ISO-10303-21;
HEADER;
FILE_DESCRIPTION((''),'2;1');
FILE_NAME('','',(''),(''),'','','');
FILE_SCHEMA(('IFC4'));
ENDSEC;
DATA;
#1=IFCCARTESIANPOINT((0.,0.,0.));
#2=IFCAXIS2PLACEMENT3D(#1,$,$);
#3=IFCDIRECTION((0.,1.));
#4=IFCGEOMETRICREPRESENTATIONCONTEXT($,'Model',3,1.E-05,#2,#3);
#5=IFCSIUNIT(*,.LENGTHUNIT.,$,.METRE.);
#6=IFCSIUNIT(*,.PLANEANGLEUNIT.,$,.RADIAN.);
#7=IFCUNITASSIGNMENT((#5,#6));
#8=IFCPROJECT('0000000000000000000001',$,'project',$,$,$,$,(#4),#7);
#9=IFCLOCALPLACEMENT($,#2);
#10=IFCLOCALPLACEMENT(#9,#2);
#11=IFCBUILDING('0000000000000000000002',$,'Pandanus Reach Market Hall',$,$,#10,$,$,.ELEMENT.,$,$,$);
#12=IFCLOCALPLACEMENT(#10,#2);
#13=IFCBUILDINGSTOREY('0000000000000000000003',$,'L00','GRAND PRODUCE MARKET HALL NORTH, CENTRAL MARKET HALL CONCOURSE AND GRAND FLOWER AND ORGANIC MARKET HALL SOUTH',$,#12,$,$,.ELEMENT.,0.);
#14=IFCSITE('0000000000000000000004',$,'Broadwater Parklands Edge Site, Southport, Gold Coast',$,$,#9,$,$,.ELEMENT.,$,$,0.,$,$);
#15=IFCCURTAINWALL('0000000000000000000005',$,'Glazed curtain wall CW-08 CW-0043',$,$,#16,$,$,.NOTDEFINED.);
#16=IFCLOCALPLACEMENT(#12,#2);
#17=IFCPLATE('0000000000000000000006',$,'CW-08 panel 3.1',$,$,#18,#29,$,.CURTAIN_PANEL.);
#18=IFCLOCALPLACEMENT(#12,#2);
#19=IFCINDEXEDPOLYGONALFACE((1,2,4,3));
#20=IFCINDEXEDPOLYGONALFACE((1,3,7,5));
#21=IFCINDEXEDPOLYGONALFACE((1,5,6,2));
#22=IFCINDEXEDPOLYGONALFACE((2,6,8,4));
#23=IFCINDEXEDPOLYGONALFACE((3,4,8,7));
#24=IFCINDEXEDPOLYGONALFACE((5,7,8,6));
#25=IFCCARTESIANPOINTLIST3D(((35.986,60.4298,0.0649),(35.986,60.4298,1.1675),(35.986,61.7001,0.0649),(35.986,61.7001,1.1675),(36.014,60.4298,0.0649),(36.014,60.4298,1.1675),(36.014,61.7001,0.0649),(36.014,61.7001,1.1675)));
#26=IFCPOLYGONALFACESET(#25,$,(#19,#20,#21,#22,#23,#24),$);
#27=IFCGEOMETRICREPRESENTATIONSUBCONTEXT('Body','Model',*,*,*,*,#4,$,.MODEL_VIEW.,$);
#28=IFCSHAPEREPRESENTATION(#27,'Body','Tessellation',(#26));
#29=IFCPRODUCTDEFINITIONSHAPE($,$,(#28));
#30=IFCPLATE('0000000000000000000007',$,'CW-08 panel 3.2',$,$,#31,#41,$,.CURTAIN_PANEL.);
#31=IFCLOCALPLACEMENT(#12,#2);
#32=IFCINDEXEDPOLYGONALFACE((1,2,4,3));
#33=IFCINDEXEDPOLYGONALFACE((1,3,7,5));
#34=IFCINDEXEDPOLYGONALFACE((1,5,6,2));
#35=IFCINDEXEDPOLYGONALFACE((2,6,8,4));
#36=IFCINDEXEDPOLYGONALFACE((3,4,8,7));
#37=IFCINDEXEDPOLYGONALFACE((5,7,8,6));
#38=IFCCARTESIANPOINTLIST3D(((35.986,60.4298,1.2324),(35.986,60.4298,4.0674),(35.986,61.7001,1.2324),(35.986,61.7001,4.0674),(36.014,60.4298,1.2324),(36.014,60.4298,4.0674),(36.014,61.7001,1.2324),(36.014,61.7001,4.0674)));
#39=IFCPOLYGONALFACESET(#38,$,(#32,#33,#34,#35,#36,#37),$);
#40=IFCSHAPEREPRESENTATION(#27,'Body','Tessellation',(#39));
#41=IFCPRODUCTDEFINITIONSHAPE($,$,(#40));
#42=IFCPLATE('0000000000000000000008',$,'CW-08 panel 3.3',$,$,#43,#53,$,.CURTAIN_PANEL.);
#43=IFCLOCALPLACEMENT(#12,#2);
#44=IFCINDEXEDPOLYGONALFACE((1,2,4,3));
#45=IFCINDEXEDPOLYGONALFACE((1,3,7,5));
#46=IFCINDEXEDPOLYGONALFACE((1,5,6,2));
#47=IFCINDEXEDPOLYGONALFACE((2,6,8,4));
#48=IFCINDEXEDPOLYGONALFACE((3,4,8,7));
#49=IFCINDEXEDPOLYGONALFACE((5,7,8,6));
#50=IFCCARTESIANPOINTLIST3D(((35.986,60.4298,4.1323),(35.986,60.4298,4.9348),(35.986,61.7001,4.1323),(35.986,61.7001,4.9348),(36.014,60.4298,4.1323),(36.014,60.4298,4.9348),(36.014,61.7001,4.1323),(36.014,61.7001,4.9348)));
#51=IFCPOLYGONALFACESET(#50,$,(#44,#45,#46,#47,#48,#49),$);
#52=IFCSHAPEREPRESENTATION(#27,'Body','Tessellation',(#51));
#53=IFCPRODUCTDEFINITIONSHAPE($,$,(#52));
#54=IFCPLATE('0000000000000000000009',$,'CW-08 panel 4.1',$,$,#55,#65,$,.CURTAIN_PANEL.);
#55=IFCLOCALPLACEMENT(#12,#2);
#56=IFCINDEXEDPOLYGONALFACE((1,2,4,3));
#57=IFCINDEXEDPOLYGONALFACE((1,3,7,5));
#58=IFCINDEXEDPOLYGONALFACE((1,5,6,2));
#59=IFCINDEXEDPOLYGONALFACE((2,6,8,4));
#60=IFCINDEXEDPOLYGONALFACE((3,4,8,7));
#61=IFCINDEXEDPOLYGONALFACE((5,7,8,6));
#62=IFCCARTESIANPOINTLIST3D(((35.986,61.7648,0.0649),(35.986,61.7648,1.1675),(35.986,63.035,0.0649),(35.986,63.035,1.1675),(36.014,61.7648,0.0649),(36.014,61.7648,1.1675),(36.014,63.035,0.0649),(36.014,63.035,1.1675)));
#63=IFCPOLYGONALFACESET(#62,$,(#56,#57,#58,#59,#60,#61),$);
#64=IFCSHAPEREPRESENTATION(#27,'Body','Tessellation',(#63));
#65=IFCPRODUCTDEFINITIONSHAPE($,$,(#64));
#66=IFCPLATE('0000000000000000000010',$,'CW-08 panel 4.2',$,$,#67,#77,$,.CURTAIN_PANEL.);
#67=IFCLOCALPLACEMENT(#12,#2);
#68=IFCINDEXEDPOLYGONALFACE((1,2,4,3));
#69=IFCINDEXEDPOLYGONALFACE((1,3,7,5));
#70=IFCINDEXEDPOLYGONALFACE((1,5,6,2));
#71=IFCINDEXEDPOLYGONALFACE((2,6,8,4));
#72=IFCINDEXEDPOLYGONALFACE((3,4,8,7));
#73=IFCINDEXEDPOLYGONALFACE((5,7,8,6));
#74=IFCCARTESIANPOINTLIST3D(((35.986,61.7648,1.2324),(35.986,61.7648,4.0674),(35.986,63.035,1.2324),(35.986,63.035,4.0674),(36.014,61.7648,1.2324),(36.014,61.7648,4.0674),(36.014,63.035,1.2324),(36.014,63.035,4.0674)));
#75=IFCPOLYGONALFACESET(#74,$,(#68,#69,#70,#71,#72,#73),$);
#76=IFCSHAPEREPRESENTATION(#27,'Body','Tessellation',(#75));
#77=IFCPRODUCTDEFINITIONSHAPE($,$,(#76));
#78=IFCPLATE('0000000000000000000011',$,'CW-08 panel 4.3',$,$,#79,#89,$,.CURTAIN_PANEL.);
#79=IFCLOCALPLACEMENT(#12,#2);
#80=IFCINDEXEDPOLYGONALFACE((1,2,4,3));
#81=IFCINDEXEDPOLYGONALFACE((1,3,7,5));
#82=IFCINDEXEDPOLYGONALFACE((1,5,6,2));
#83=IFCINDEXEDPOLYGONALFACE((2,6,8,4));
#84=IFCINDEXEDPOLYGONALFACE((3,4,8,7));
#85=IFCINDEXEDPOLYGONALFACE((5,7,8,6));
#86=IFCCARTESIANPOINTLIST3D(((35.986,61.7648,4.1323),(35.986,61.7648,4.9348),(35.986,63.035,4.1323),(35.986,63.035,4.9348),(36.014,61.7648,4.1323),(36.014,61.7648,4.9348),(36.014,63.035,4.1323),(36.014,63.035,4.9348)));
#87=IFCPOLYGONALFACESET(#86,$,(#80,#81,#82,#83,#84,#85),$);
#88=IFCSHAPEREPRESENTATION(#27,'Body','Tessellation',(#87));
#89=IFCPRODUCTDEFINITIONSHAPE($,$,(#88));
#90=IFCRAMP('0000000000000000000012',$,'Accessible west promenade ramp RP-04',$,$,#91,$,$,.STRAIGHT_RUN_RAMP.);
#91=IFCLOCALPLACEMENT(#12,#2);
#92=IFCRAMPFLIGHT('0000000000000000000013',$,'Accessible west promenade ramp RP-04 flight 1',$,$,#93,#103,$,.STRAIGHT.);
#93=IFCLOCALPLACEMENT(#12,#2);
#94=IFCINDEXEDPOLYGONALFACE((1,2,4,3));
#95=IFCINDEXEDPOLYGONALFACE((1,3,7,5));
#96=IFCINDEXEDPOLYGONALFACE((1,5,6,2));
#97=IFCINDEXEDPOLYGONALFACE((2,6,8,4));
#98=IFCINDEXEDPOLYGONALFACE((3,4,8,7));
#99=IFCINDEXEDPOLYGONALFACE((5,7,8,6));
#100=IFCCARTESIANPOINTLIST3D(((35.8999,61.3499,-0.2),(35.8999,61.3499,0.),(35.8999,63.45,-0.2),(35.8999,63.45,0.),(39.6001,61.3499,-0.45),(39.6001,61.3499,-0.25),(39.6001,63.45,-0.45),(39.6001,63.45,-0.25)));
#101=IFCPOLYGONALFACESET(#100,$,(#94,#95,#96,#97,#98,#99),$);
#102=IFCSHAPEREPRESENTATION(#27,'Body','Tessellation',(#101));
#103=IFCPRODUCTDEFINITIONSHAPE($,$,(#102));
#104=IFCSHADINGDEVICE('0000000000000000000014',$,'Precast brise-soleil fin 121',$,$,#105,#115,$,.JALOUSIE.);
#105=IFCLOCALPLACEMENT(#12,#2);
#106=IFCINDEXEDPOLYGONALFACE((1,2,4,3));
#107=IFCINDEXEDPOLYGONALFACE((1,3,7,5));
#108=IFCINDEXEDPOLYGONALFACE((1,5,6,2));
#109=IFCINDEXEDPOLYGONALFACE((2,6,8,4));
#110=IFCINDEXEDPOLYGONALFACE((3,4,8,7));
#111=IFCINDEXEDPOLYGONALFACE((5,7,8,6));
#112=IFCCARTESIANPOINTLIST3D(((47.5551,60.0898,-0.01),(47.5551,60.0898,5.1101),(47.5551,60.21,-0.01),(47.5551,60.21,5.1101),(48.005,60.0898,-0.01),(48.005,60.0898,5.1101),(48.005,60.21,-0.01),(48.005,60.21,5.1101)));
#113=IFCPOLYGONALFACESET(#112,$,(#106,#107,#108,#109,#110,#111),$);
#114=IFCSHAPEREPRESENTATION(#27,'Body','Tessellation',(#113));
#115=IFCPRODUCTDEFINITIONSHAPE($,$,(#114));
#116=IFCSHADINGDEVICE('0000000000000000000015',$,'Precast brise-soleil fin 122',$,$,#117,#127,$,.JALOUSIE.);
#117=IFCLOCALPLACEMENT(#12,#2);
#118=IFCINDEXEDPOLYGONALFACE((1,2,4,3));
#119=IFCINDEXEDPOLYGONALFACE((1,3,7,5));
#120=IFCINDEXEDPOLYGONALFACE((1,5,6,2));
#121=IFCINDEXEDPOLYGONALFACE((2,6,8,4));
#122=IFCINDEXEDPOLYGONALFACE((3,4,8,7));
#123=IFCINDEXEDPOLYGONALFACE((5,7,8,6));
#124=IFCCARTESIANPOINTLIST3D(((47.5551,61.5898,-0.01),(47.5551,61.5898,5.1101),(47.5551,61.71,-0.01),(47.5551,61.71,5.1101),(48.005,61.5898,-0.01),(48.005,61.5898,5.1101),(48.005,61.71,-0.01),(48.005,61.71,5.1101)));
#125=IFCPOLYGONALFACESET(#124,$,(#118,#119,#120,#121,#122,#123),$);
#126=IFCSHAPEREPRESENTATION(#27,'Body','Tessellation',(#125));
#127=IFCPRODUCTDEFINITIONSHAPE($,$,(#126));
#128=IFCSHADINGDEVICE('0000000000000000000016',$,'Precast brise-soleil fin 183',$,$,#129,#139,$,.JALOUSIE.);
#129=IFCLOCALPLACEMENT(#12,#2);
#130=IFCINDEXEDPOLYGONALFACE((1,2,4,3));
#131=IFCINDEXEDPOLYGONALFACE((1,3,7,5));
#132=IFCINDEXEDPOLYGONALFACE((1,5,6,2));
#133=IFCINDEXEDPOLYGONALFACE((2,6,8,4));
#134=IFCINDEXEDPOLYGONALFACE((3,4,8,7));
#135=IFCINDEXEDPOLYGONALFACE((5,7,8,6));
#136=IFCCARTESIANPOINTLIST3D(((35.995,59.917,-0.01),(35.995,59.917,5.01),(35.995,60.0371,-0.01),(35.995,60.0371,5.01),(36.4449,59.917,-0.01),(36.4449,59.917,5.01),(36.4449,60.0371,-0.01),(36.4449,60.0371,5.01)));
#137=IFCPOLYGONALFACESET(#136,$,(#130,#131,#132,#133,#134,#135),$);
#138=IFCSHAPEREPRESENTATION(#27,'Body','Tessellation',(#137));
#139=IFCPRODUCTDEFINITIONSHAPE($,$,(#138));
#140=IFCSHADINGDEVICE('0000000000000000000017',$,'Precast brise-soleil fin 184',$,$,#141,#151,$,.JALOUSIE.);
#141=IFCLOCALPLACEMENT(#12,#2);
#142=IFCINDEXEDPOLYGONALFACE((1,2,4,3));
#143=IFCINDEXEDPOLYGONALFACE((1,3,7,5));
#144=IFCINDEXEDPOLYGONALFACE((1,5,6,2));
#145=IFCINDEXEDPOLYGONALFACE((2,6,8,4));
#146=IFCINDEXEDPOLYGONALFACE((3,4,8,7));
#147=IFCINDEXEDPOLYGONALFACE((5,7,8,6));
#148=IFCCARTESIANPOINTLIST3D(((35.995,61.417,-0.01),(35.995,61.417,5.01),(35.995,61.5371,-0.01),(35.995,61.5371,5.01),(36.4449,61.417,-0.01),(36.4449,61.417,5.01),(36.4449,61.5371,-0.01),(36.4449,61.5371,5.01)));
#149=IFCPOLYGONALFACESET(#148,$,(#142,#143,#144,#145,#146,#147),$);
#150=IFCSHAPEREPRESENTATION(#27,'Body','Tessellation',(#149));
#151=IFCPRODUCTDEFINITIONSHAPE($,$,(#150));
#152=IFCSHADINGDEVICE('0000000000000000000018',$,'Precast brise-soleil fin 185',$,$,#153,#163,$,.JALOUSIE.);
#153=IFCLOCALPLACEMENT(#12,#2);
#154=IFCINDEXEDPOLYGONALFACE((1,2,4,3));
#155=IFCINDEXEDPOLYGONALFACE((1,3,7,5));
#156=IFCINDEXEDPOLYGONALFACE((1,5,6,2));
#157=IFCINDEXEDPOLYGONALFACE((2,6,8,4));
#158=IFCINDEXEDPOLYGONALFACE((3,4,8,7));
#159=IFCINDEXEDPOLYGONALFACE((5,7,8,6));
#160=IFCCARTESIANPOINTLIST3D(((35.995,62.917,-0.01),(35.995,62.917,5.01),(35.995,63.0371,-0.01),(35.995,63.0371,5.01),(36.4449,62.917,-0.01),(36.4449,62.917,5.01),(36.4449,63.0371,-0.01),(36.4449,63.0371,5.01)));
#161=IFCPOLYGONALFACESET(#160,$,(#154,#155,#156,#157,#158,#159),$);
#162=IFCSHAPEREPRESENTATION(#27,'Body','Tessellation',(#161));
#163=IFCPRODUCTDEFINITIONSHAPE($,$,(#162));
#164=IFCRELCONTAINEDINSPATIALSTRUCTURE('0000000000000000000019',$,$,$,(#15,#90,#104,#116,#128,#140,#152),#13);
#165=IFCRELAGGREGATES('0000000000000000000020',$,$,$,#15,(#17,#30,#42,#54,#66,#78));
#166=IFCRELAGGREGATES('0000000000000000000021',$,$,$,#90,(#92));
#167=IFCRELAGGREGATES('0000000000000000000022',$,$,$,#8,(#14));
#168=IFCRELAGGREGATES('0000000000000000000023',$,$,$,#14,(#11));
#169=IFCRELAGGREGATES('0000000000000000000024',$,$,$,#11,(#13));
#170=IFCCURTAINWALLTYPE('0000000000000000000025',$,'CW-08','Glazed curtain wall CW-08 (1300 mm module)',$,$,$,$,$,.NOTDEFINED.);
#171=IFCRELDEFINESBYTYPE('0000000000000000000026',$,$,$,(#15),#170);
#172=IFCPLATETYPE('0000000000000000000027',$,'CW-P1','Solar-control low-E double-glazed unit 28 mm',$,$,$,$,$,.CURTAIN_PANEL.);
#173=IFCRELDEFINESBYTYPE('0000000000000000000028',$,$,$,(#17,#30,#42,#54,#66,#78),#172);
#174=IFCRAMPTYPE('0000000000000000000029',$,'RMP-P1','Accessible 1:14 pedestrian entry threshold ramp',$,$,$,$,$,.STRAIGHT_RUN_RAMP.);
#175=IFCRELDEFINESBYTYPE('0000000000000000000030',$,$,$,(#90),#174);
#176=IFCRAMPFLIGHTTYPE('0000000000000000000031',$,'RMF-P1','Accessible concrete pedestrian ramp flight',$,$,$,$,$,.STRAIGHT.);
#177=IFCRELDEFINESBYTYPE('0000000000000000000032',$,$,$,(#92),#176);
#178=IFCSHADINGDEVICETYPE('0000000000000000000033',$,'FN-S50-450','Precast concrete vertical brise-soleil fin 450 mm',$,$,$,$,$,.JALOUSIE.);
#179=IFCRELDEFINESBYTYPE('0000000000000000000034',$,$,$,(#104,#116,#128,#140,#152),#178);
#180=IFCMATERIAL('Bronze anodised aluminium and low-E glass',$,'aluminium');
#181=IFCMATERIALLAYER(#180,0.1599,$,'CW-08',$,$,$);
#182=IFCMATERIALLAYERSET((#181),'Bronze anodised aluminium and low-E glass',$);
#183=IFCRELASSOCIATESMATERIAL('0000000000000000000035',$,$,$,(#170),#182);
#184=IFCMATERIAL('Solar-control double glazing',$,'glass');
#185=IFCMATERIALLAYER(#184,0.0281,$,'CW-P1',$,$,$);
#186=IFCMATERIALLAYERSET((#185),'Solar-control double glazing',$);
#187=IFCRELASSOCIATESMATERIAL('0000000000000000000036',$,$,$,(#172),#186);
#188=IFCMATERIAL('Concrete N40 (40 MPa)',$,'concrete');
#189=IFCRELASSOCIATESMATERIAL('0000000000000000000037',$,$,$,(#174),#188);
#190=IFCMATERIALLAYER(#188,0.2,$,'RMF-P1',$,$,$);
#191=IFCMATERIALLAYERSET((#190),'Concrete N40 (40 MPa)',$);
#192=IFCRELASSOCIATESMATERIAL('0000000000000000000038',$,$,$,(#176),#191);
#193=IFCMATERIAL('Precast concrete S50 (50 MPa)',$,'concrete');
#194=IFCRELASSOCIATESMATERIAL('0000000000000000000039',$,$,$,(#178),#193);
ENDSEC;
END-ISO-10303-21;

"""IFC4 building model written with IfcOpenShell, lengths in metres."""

from ifc_helpers import new_model, si_unit, direction, frame, origin, origin_2d, place, context, subcontext, project, spatial, polyline, rectangle, outline, extrude, material, layer, layer_set, type_object, element, aggregate, save


model = new_model("IFC4")

# Units and contexts
model_context = context("Model", 3, precision=1e-05, world=origin(), true_north=direction((0.0, 1.0)))
body_context = subcontext(model_context, "Body", "Model", "MODEL_VIEW")
ifc_project = project(units=[si_unit("LENGTHUNIT", "METRE"), si_unit("PLANEANGLEUNIT", "RADIAN")], contexts=[model_context])

# Site, building, storey
site_placement = place(None, origin())
site = spatial("IfcSite", under=ifc_project, at=site_placement, Name="Broadwater Parklands Edge Site, Southport, Gold Coast", CompositionType="ELEMENT", RefElevation=0.0)
building_placement = place(site_placement, origin())
building = spatial("IfcBuilding", under=site, at=building_placement, Name="Pandanus Reach Market Hall", CompositionType="ELEMENT")
storey_placement = place(building_placement, origin())
storey = spatial("IfcBuildingStorey", under=building, at=storey_placement, Name="L00", Description="GRAND PRODUCE MARKET HALL NORTH, CENTRAL MARKET HALL CONCOURSE AND GRAND FLOWER AND ORGANIC MARKET HALL SOUTH", CompositionType="ELEMENT", Elevation=0.0)

# Shared definitions
ifc_material_1 = material(Name="Concrete N40 (40 MPa)", Category="concrete")

# Curtain wall, plates
ifc_material_2 = material(Name="Bronze anodised aluminium and low-E glass", Category="aluminium")
ifc_layer_1 = layer(ifc_material_2, 0.1599, Name="CW-08")
ifc_layer_set_1 = layer_set([ifc_layer_1], Name="Bronze anodised aluminium and low-E glass")
curtain_wall_type = type_object("IfcCurtainWallType", Name="CW-08", Description="Glazed curtain wall CW-08 (1300 mm module)", PredefinedType="NOTDEFINED", material=ifc_layer_set_1)
curtain_wall_placement = place(storey_placement, origin())
curtain_wall = element("IfcCurtainWall", 1, at=curtain_wall_placement, inside=storey, type_object=curtain_wall_type, Name="Glazed curtain wall CW-08 CW-0043", PredefinedType="NOTDEFINED")
ifc_material_3 = material(Name="Solar-control double glazing", Category="glass")
ifc_layer_2 = layer(ifc_material_3, 0.0281, Name="CW-P1")
ifc_layer_set_2 = layer_set([ifc_layer_2], Name="Solar-control double glazing")
plate_type = type_object("IfcPlateType", Name="CW-P1", Description="Solar-control low-E double-glazed unit 28 mm", PredefinedType="CURTAIN_PANEL", material=ifc_layer_set_2)
plate_1_placement = place(storey_placement, frame((36.0, 61.0649, 0.0649), z_axis=(0.0, 0.0, 1.0), x_axis=(0.0, 1.0, 0.0)))
plate_1 = element("IfcPlate", 2, at=plate_1_placement, type_object=plate_type, Name="CW-08 panel 3.1", PredefinedType="CURTAIN_PANEL", context=body_context, shape_type="SweptSolid", body=[
    extrude(rectangle(XDim=1.2703, YDim=0.0281, at=origin_2d()), origin(), (0.0, 0.0, 1.0), 1.1025),
])
plate_2_placement = place(storey_placement, frame((36.0, 61.0649, 1.2324), z_axis=(0.0, 0.0, 1.0), x_axis=(0.0, 1.0, 0.0)))
plate_2 = element("IfcPlate", 3, at=plate_2_placement, type_object=plate_type, Name="CW-08 panel 3.2", PredefinedType="CURTAIN_PANEL", context=body_context, shape_type="SweptSolid", body=[
    extrude(rectangle(XDim=1.2703, YDim=0.0281, at=origin_2d()), origin(), (0.0, 0.0, 1.0), 2.835),
])
plate_3_placement = place(storey_placement, frame((36.0, 61.0649, 4.1323), z_axis=(0.0, 0.0, 1.0), x_axis=(0.0, 1.0, 0.0)))
plate_3 = element("IfcPlate", 4, at=plate_3_placement, type_object=plate_type, Name="CW-08 panel 3.3", PredefinedType="CURTAIN_PANEL", context=body_context, shape_type="SweptSolid", body=[
    extrude(rectangle(XDim=1.2703, YDim=0.0281, at=origin_2d()), origin(), (0.0, 0.0, 1.0), 0.8025),
])
plate_4_placement = place(storey_placement, frame((36.0, 62.3999, 0.0649), z_axis=(0.0, 0.0, 1.0), x_axis=(0.0, 1.0, 0.0)))
plate_4 = element("IfcPlate", 5, at=plate_4_placement, type_object=plate_type, Name="CW-08 panel 4.1", PredefinedType="CURTAIN_PANEL", context=body_context, shape_type="SweptSolid", body=[
    extrude(rectangle(XDim=1.2703, YDim=0.0281, at=origin_2d()), origin(), (0.0, 0.0, 1.0), 1.1025),
])
plate_5_placement = place(storey_placement, frame((36.0, 62.3999, 1.2324), z_axis=(0.0, 0.0, 1.0), x_axis=(0.0, 1.0, 0.0)))
plate_5 = element("IfcPlate", 6, at=plate_5_placement, type_object=plate_type, Name="CW-08 panel 4.2", PredefinedType="CURTAIN_PANEL", context=body_context, shape_type="SweptSolid", body=[
    extrude(rectangle(XDim=1.2703, YDim=0.0281, at=origin_2d()), origin(), (0.0, 0.0, 1.0), 2.835),
])
plate_6_placement = place(storey_placement, frame((36.0, 62.3999, 4.1323), z_axis=(0.0, 0.0, 1.0), x_axis=(0.0, 1.0, 0.0)))
plate_6 = element("IfcPlate", 7, at=plate_6_placement, type_object=plate_type, Name="CW-08 panel 4.3", PredefinedType="CURTAIN_PANEL", context=body_context, shape_type="SweptSolid", body=[
    extrude(rectangle(XDim=1.2703, YDim=0.0281, at=origin_2d()), origin(), (0.0, 0.0, 1.0), 0.8025),
])
aggregate(curtain_wall, [plate_1, plate_2, plate_3, plate_4, plate_5, plate_6])

# Ramp, ramp flight
ramp_type = type_object("IfcRampType", Name="RMP-P1", Description="Accessible 1:14 pedestrian entry threshold ramp", PredefinedType="STRAIGHT_RUN_RAMP", material=ifc_material_1)
ramp_placement = place(storey_placement, origin())
ramp = element("IfcRamp", 8, at=ramp_placement, inside=storey, type_object=ramp_type, Name="Accessible west promenade ramp RP-04", PredefinedType="STRAIGHT_RUN_RAMP")
ifc_layer_3 = layer(ifc_material_1, 0.2, Name="RMF-P1")
ifc_layer_set_3 = layer_set([ifc_layer_3], Name="Concrete N40 (40 MPa)")
ramp_flight_type = type_object("IfcRampFlightType", Name="RMF-P1", Description="Accessible concrete pedestrian ramp flight", PredefinedType="STRAIGHT", material=ifc_layer_set_3)
ramp_flight_placement = place(storey_placement, frame((39.6001, 62.3999, -0.25), z_axis=(0.0, 0.0, 1.0), x_axis=(-1.0, 0.0, 0.0)))
ramp_flight = element("IfcRampFlight", 9, at=ramp_flight_placement, type_object=ramp_flight_type, Name="Accessible west promenade ramp RP-04 flight 1", PredefinedType="STRAIGHT", context=body_context, shape_type="SweptSolid", body=[
    extrude(outline(polyline([(0.0, 0.0), (3.7002, 0.25), (3.7002, 0.05), (0.0, -0.2), (0.0, 0.0)])), frame((0.0, 1.05, 0.0), z_axis=(0.0, -1.0, 0.0), x_axis=(1.0, 0.0, 0.0)), (0.0, 0.0, 1.0), 2.1001),
])
aggregate(ramp, [ramp_flight])

# Shading devices
ifc_material_4 = material(Name="Precast concrete S50 (50 MPa)", Category="concrete")
shading_device_type = type_object("IfcShadingDeviceType", Name="FN-S50-450", Description="Precast concrete vertical brise-soleil fin 450 mm", PredefinedType="JALOUSIE", material=ifc_material_4)
for number, where, z_axis, x_axis, name in (
    (10, (47.78, 60.1499, -0.01), (0.0, 0.0, 1.0), (-1.0, 0.0, 0.0), "Precast brise-soleil fin 121"),
    (11, (47.78, 61.6499, -0.01), (0.0, 0.0, 1.0), (-1.0, 0.0, 0.0), "Precast brise-soleil fin 122"),
):
    element("IfcShadingDevice", number, at=place(storey_placement, frame(where, z_axis=z_axis, x_axis=x_axis)), inside=storey, type_object=shading_device_type, Name=name, PredefinedType="JALOUSIE", context=body_context, shape_type="SweptSolid", body=[
        extrude(rectangle(XDim=0.45, YDim=0.1201, at=origin_2d()), origin(), (0.0, 0.0, 1.0), 5.1201),
    ])
for number, where, z_axis, x_axis, name in (
    (12, (36.22, 59.9771, -0.01), (0.0, 0.0, 1.0), (1.0, 0.0, 0.0), "Precast brise-soleil fin 183"),
    (13, (36.22, 61.4771, -0.01), (0.0, 0.0, 1.0), (1.0, 0.0, 0.0), "Precast brise-soleil fin 184"),
    (14, (36.22, 62.9771, -0.01), (0.0, 0.0, 1.0), (1.0, 0.0, 0.0), "Precast brise-soleil fin 185"),
):
    element("IfcShadingDevice", number, at=place(storey_placement, frame(where, z_axis=z_axis, x_axis=x_axis)), inside=storey, type_object=shading_device_type, Name=name, PredefinedType="JALOUSIE", context=body_context, shape_type="SweptSolid", body=[
        extrude(rectangle(XDim=0.45, YDim=0.1201, at=origin_2d()), origin(), (0.0, 0.0, 1.0), 5.02),
    ])

save(model, "model.ifc")
